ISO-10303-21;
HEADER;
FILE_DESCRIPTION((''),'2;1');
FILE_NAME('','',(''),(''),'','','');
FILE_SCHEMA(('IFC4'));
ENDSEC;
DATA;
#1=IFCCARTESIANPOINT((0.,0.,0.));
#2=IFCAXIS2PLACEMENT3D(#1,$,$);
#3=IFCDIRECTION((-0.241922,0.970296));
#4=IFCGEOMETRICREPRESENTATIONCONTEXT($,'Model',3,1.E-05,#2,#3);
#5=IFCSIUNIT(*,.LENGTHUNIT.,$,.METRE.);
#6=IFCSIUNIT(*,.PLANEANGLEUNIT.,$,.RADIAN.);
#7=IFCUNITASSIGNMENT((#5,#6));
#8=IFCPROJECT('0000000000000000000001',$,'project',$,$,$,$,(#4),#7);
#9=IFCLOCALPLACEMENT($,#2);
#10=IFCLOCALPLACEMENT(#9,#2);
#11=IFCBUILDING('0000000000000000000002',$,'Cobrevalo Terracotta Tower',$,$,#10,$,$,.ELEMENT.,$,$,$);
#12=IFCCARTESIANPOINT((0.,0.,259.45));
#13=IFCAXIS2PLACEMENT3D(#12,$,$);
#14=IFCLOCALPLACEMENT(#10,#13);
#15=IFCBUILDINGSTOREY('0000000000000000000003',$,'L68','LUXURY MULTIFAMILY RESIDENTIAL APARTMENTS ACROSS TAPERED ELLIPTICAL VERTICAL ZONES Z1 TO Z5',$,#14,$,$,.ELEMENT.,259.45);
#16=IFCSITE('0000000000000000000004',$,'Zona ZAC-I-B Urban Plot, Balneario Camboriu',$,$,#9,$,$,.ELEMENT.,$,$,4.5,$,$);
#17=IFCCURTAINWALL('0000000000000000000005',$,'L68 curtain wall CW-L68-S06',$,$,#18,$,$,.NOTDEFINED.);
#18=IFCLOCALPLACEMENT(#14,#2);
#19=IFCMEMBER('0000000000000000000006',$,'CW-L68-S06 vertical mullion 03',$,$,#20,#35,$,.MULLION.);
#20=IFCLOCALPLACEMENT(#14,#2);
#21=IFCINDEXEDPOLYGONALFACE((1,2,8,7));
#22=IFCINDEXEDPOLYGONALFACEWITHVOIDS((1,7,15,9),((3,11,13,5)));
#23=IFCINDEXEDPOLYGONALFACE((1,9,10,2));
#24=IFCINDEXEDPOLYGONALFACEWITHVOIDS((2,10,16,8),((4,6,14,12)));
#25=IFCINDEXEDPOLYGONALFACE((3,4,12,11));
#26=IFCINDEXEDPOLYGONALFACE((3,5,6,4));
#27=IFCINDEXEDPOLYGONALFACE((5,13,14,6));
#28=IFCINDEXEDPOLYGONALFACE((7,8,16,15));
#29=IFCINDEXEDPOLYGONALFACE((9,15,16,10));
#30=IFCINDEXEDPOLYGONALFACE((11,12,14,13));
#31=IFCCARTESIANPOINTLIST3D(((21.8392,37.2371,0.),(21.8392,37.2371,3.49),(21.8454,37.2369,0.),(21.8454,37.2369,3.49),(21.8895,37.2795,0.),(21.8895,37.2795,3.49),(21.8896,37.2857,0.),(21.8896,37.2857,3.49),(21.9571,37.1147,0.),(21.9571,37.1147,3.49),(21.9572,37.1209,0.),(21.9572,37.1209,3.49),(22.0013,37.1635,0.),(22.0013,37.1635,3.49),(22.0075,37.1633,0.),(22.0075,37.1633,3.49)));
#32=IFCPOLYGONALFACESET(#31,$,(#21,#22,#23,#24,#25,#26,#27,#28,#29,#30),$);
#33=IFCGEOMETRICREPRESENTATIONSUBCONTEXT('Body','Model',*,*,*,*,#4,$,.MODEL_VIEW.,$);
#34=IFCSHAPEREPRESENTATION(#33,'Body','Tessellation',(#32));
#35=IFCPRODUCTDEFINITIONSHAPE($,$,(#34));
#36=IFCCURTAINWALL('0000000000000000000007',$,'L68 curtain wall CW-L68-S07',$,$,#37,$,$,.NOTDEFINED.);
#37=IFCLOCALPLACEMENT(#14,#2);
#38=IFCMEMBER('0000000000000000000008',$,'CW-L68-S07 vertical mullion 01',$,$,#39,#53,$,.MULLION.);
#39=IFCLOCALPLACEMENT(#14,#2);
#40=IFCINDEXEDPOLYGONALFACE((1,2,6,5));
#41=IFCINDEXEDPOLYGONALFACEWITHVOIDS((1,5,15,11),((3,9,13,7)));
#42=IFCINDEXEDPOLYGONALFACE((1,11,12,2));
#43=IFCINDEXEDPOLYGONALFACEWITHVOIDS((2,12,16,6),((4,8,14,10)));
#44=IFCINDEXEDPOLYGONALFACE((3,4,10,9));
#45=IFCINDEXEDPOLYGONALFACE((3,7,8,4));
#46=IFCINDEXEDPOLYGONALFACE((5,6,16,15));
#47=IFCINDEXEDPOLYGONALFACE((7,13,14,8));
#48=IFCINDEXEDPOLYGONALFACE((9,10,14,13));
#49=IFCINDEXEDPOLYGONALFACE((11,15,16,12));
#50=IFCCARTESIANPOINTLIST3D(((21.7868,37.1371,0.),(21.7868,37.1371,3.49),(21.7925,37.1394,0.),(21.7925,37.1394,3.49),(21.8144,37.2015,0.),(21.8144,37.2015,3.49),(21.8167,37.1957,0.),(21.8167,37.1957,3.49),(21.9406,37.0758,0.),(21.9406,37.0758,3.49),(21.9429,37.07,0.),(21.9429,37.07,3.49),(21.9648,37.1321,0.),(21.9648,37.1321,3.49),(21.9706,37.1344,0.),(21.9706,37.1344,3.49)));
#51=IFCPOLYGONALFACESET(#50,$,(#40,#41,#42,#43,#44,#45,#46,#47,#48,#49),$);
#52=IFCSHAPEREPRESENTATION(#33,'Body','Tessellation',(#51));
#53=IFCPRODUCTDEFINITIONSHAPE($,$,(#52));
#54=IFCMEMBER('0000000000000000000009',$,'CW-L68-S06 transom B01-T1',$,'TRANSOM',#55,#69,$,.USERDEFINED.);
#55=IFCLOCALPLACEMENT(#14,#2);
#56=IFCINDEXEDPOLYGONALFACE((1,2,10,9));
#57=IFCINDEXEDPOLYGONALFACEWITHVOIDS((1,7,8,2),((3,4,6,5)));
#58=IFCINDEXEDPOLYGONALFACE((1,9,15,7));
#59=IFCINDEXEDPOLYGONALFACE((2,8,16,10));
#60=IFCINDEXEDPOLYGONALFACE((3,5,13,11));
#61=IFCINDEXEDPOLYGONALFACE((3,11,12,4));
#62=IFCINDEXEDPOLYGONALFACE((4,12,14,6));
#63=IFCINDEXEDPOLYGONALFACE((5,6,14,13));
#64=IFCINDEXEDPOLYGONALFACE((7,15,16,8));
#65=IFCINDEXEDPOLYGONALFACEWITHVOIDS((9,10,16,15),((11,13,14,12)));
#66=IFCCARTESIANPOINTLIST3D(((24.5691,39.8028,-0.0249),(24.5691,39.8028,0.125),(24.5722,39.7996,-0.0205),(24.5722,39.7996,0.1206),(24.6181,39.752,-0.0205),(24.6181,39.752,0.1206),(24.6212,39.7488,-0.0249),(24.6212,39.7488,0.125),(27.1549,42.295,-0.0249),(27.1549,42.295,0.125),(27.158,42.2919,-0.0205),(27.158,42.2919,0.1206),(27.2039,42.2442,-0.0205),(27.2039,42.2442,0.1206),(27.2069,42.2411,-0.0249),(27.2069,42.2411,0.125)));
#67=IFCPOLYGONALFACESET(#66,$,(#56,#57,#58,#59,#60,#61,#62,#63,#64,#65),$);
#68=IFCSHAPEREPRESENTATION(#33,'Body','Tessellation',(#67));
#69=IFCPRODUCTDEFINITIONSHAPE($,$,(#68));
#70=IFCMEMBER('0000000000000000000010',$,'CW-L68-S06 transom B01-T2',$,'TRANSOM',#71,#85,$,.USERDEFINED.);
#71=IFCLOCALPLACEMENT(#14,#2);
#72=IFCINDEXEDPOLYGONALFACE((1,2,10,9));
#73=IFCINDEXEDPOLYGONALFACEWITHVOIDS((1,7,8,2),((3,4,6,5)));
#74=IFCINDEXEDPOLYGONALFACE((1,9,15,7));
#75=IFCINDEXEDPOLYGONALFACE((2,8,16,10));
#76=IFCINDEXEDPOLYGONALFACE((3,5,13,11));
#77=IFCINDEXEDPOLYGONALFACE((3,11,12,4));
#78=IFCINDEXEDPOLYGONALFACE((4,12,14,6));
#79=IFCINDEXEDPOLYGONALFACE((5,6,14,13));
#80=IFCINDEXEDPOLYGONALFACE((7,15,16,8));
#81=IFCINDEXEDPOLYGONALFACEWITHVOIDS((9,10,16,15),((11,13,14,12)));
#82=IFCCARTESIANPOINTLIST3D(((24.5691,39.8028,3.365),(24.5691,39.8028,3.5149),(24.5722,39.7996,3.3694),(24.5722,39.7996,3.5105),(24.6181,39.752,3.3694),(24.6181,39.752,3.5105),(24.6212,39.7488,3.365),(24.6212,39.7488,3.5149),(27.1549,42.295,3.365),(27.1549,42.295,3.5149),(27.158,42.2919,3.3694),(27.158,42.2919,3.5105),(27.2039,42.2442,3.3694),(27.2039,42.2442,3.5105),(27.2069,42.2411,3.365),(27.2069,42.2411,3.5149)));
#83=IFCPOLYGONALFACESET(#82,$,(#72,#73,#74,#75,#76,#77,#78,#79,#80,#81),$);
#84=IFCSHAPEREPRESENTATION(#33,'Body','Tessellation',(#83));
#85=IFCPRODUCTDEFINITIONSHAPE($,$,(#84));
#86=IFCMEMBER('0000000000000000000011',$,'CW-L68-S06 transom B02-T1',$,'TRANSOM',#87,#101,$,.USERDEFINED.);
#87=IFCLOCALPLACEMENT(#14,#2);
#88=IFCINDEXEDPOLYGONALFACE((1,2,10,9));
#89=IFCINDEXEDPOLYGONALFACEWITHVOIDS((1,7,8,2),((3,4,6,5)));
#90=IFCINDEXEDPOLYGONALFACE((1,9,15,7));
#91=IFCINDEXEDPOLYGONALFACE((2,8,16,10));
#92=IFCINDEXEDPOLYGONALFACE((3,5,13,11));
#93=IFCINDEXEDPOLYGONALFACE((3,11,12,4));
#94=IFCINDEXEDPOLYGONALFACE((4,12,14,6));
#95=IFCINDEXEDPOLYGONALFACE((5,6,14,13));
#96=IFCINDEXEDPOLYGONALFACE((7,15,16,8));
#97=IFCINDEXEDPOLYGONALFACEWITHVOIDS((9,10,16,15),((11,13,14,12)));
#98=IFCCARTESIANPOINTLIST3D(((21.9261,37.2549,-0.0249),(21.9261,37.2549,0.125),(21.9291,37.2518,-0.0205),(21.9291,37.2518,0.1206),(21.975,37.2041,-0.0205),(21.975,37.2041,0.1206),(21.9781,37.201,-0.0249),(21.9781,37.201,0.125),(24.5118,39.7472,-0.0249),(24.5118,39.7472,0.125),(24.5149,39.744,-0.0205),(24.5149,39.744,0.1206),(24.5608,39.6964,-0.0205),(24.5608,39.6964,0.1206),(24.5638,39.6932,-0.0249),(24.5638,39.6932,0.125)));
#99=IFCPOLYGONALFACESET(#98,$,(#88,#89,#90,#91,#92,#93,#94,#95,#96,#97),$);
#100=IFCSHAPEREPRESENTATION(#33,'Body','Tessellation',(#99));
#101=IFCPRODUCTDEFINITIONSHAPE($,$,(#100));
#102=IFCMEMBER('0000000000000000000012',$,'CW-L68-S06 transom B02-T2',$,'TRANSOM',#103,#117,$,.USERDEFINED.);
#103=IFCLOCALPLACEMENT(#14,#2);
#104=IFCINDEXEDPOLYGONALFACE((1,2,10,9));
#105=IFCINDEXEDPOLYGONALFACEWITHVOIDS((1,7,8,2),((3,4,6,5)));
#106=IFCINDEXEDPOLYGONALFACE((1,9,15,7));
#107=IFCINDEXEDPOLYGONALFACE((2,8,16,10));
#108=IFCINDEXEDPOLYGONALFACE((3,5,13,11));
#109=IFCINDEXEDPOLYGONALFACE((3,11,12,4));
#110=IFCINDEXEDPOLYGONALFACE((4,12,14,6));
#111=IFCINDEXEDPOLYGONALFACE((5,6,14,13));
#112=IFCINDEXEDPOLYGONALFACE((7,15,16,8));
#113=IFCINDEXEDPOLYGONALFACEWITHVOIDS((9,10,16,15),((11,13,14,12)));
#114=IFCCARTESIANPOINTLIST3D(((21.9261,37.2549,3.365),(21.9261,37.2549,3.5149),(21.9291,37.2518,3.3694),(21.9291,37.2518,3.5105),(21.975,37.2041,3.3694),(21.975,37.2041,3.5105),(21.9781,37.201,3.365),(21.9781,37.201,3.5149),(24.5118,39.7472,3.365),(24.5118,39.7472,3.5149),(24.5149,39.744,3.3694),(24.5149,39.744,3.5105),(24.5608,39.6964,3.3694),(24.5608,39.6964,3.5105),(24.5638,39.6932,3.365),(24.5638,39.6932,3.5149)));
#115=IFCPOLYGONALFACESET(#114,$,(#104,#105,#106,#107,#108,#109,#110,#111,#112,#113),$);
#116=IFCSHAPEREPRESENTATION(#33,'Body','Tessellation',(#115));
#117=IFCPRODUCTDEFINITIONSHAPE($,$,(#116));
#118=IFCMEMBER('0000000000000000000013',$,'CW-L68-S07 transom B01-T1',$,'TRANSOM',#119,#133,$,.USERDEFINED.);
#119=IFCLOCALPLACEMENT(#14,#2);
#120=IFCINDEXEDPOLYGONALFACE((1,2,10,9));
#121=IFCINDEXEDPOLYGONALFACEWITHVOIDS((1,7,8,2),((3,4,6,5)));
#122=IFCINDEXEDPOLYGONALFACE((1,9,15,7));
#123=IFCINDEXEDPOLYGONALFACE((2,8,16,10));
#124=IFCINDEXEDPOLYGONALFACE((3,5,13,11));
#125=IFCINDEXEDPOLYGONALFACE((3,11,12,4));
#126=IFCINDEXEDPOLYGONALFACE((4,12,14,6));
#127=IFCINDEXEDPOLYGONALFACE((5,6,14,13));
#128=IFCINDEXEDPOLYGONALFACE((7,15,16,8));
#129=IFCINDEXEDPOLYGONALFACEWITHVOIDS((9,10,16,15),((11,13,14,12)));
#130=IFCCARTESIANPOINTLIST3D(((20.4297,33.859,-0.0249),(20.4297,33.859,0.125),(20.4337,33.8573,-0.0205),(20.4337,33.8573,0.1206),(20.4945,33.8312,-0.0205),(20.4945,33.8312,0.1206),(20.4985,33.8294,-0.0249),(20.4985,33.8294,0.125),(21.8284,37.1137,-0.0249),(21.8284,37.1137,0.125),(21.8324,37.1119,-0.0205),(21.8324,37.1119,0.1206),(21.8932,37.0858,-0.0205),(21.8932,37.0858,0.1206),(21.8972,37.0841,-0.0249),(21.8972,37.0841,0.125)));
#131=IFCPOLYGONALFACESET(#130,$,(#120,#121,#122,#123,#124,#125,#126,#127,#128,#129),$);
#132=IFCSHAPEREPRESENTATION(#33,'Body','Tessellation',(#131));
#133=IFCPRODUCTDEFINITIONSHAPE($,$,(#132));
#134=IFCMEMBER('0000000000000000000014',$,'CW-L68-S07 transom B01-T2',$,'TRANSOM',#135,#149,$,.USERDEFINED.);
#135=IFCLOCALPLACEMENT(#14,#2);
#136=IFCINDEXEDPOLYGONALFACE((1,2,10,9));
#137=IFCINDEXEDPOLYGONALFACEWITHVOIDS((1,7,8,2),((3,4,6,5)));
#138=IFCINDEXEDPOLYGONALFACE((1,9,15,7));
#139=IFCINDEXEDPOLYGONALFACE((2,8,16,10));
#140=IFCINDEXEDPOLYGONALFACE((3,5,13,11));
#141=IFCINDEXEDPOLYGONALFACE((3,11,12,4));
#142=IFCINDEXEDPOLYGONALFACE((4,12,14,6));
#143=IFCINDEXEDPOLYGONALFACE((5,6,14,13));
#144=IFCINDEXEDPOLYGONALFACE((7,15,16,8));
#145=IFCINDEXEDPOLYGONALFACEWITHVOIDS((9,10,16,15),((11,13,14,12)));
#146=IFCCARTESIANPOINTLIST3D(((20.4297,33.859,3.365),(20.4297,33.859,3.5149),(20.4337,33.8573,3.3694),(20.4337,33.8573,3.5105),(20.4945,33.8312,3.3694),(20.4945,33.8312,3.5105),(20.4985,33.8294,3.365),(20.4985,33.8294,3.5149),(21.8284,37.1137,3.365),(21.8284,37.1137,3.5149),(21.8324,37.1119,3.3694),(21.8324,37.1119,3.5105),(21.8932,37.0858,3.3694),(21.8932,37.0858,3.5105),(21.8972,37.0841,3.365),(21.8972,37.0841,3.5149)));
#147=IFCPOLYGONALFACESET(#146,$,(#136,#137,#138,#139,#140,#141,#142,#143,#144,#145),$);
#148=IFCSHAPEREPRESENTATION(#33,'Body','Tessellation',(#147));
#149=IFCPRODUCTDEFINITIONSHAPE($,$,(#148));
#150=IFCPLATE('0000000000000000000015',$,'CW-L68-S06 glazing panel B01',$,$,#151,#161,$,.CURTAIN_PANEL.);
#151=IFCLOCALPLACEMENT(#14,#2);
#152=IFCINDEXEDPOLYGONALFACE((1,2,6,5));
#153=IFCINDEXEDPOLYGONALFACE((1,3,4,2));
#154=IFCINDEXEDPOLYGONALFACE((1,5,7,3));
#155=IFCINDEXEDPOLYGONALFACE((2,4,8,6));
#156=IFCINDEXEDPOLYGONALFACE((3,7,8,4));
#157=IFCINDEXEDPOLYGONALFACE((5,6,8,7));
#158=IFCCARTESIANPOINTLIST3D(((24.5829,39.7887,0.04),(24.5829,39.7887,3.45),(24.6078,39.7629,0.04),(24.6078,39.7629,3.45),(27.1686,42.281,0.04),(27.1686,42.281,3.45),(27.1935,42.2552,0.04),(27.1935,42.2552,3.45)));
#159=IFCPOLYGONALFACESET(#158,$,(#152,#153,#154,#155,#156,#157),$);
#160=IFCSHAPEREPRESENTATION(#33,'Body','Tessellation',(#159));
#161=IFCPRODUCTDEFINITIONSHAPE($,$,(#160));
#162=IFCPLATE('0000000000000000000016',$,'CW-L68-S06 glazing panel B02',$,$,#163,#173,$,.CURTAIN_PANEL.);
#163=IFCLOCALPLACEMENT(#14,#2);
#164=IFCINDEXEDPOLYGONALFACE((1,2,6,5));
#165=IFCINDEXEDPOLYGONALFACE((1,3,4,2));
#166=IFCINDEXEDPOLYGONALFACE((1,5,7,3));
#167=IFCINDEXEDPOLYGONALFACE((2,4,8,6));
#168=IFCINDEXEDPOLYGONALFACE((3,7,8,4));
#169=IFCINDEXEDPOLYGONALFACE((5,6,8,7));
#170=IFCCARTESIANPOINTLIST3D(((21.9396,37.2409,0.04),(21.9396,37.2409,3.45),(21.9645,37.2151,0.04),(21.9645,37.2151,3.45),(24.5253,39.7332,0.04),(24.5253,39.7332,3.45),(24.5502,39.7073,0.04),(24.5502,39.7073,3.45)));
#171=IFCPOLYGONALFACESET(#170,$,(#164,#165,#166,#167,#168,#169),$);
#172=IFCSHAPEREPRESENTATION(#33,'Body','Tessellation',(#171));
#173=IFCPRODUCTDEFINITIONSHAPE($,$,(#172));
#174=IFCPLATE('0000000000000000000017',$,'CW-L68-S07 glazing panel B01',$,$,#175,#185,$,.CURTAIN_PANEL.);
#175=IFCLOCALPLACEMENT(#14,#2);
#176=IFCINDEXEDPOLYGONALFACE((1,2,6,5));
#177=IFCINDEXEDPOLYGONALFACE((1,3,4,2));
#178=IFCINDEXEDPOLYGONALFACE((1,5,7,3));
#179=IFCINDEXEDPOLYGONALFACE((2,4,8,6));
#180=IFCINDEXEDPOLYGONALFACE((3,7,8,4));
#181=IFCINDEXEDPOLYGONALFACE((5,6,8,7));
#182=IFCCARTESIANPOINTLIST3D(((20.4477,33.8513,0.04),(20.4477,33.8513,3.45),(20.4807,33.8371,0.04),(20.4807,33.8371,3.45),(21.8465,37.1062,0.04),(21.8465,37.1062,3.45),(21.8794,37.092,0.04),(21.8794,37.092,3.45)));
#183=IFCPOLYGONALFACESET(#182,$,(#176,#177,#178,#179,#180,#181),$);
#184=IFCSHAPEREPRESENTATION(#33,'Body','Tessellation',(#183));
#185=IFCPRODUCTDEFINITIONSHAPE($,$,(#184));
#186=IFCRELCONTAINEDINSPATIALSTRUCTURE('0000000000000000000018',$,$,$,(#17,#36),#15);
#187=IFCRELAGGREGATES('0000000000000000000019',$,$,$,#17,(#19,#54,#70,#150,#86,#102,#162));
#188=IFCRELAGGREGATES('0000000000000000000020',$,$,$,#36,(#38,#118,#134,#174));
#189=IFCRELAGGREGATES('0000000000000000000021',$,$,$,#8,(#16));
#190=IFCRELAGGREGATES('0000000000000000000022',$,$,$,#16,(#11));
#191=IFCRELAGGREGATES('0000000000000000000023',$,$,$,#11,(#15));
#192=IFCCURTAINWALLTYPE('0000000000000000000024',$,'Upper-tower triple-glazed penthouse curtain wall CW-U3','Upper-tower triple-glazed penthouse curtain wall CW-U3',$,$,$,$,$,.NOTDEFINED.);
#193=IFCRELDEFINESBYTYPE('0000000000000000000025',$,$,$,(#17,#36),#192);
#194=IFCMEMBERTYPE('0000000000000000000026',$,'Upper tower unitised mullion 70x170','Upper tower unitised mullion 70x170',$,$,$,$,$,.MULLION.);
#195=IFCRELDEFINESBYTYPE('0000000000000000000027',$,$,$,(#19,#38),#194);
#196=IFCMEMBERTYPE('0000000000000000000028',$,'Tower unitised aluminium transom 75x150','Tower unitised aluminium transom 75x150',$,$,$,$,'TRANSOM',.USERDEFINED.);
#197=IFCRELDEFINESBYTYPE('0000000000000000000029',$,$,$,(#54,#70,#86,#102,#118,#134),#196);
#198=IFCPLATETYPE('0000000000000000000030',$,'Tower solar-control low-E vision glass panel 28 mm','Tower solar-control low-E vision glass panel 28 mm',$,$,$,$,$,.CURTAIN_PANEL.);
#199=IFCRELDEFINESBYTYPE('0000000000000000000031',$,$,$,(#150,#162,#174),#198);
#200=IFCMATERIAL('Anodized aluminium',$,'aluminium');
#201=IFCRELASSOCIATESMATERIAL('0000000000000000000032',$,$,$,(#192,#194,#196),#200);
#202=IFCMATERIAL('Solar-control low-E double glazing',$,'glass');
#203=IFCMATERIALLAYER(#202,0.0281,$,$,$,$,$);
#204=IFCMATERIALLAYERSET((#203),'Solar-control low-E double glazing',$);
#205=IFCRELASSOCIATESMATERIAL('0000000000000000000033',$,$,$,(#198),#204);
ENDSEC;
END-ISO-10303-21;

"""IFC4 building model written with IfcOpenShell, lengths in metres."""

from ifc_helpers import new_model, si_unit, direction, frame, origin, origin_2d, place, context, subcontext, project, spatial, rectangle, hollow_rectangle, extrude, source, transform, mapped, material, layer, layer_set, material_profile, profile_set, type_object, element, aggregate, save


model = new_model("IFC4")

# Units and contexts
model_context = context("Model", 3, precision=1e-05, world=origin(), true_north=direction((-0.241922, 0.970296)))
body_context = subcontext(model_context, "Body", "Model", "MODEL_VIEW")
ifc_project = project(units=[si_unit("LENGTHUNIT", "METRE"), si_unit("PLANEANGLEUNIT", "RADIAN")], contexts=[model_context])

# Site, building, storey
site_placement = place(None, origin())
site = spatial("IfcSite", under=ifc_project, at=site_placement, Name="Zona ZAC-I-B Urban Plot, Balneario Camboriu", CompositionType="ELEMENT", RefElevation=4.5)
building_placement = place(site_placement, origin())
building = spatial("IfcBuilding", under=site, at=building_placement, Name="Cobrevalo Terracotta Tower", CompositionType="ELEMENT")
storey_placement = place(building_placement, frame((0.0, 0.0, 259.45)))
storey = spatial("IfcBuildingStorey", under=building, at=storey_placement, Name="L68", Description="LUXURY MULTIFAMILY RESIDENTIAL APARTMENTS ACROSS TAPERED ELLIPTICAL VERTICAL ZONES Z1 TO Z5", CompositionType="ELEMENT", Elevation=259.45)

# Curtain wall, member
ifc_material_1 = material(Name="Anodized aluminium", Category="aluminium")
curtain_wall_type = type_object("IfcCurtainWallType", Name="Upper-tower triple-glazed penthouse curtain wall CW-U3", Description="Upper-tower triple-glazed penthouse curtain wall CW-U3", PredefinedType="NOTDEFINED", material=ifc_material_1)
curtain_wall_1_placement = place(storey_placement, origin())
curtain_wall_1 = element("IfcCurtainWall", 1, at=curtain_wall_1_placement, inside=storey, type_object=curtain_wall_type, Name="L68 curtain wall CW-L68-S06", PredefinedType="NOTDEFINED")
ifc_material_profile_1 = material_profile(ifc_material_1, hollow_rectangle(XDim=0.0701, YDim=0.1699, WallThickness=0.0044, at=origin_2d()), Name="CWM 70x170")
ifc_profile_set_1 = profile_set([ifc_material_profile_1], Name="Anodized aluminium")
member_type_1 = type_object("IfcMemberType", Name="Upper tower unitised mullion 70x170", Description="Upper tower unitised mullion 70x170", PredefinedType="MULLION", material=ifc_profile_set_1)
shared_shape_1 = source(origin(), body_context, "Body", "SweptSolid", [
    extrude(hollow_rectangle(XDim=0.0701, YDim=0.1699, WallThickness=0.0044, at=origin_2d()), origin(), (0.0, 0.0, 1.0), 3.49),
])
member_1_placement = place(storey_placement, frame((21.9233, 37.2002, 0.0), z_axis=(0.0, 0.0, 1.0), x_axis=(-0.719994, -0.69398, 0.0)))
member_1 = element("IfcMember", 2, at=member_1_placement, type_object=member_type_1, Name="CW-L68-S06 vertical mullion 03", PredefinedType="MULLION", context=body_context, shape_type="MappedRepresentation", body=[
    mapped(shared_shape_1, transform((0.0, 0.0, 0.0), scale=1.0)),
])

# Curtain wall, member
curtain_wall_2_placement = place(storey_placement, origin())
curtain_wall_2 = element("IfcCurtainWall", 3, at=curtain_wall_2_placement, inside=storey, type_object=curtain_wall_type, Name="L68 curtain wall CW-L68-S07", PredefinedType="NOTDEFINED")
member_2_placement = place(storey_placement, frame((21.8787, 37.1357, 0.0), z_axis=(0.0, 0.0, 1.0), x_axis=(-0.394824, -0.918757, 0.0)))
member_2 = element("IfcMember", 4, at=member_2_placement, type_object=member_type_1, Name="CW-L68-S07 vertical mullion 01", PredefinedType="MULLION", context=body_context, shape_type="MappedRepresentation", body=[
    mapped(shared_shape_1, transform((0.0, 0.0, 0.0), scale=1.0)),
])

# Members
ifc_material_profile_2 = material_profile(ifc_material_1, hollow_rectangle(XDim=0.075, YDim=0.1499, WallThickness=0.0044, at=origin_2d()), Name="CWT 75x150")
ifc_profile_set_2 = profile_set([ifc_material_profile_2], Name="Anodized aluminium")
member_type_2 = type_object("IfcMemberType", Name="Tower unitised aluminium transom 75x150", Description="Tower unitised aluminium transom 75x150", ElementType="TRANSOM", PredefinedType="USERDEFINED", material=ifc_profile_set_2)
shared_shape_2 = source(origin(), body_context, "Body", "SweptSolid", [
    extrude(hollow_rectangle(XDim=0.075, YDim=0.1499, WallThickness=0.0044, at=origin_2d()), origin(), (0.0, 0.0, 1.0), 3.5913),
])
member_3_placement = place(storey_placement, frame((27.1809, 42.2681, 0.05), z_axis=(-0.720006, -0.693968, 0.0), x_axis=(0.693968, -0.720006, 0.0)))
member_3 = element("IfcMember", 5, at=member_3_placement, type_object=member_type_2, Name="CW-L68-S06 transom B01-T1", ObjectType="TRANSOM", PredefinedType="USERDEFINED", context=body_context, shape_type="MappedRepresentation", body=[
    mapped(shared_shape_2, transform((0.0, 0.0, 0.0), scale=1.0)),
])
member_4_placement = place(storey_placement, frame((27.1809, 42.2681, 3.4399), z_axis=(-0.720006, -0.693968, 0.0), x_axis=(0.693968, -0.720006, 0.0)))
member_4 = element("IfcMember", 6, at=member_4_placement, type_object=member_type_2, Name="CW-L68-S06 transom B01-T2", ObjectType="TRANSOM", PredefinedType="USERDEFINED", context=body_context, shape_type="MappedRepresentation", body=[
    mapped(shared_shape_2, transform((0.0, 0.0, 0.0), scale=1.0)),
])
member_5_placement = place(storey_placement, frame((24.5378, 39.7202, 0.05), z_axis=(-0.720006, -0.693968, 0.0), x_axis=(0.693968, -0.720006, 0.0)))
member_5 = element("IfcMember", 7, at=member_5_placement, type_object=member_type_2, Name="CW-L68-S06 transom B02-T1", ObjectType="TRANSOM", PredefinedType="USERDEFINED", context=body_context, shape_type="MappedRepresentation", body=[
    mapped(shared_shape_2, transform((0.0, 0.0, 0.0), scale=1.0)),
])
member_6_placement = place(storey_placement, frame((24.5378, 39.7202, 3.4399), z_axis=(-0.720006, -0.693968, 0.0), x_axis=(0.693968, -0.720006, 0.0)))
member_6 = element("IfcMember", 8, at=member_6_placement, type_object=member_type_2, Name="CW-L68-S06 transom B02-T2", ObjectType="TRANSOM", PredefinedType="USERDEFINED", context=body_context, shape_type="MappedRepresentation", body=[
    mapped(shared_shape_2, transform((0.0, 0.0, 0.0), scale=1.0)),
])
shared_shape_3 = source(origin(), body_context, "Body", "SweptSolid", [
    extrude(hollow_rectangle(XDim=0.075, YDim=0.1499, WallThickness=0.0044, at=origin_2d()), origin(), (0.0, 0.0, 1.0), 3.5425),
])
member_7_placement = place(storey_placement, frame((21.8628, 37.0989, 0.05), z_axis=(-0.394834, -0.918752, 0.0), x_axis=(0.918752, -0.394834, 0.0)))
member_7 = element("IfcMember", 9, at=member_7_placement, type_object=member_type_2, Name="CW-L68-S07 transom B01-T1", ObjectType="TRANSOM", PredefinedType="USERDEFINED", context=body_context, shape_type="MappedRepresentation", body=[
    mapped(shared_shape_3, transform((0.0, 0.0, 0.0), scale=1.0)),
])
member_8_placement = place(storey_placement, frame((21.8628, 37.0989, 3.4399), z_axis=(-0.394834, -0.918752, 0.0), x_axis=(0.918752, -0.394834, 0.0)))
member_8 = element("IfcMember", 10, at=member_8_placement, type_object=member_type_2, Name="CW-L68-S07 transom B01-T2", ObjectType="TRANSOM", PredefinedType="USERDEFINED", context=body_context, shape_type="MappedRepresentation", body=[
    mapped(shared_shape_3, transform((0.0, 0.0, 0.0), scale=1.0)),
])

# Plates
ifc_material_2 = material(Name="Solar-control low-E double glazing", Category="glass")
ifc_layer_1 = layer(ifc_material_2, 0.0281)
ifc_layer_set_1 = layer_set([ifc_layer_1], Name="Solar-control low-E double glazing")
plate_type = type_object("IfcPlateType", Name="Tower solar-control low-E vision glass panel 28 mm", Description="Tower solar-control low-E vision glass panel 28 mm", PredefinedType="CURTAIN_PANEL", material=ifc_layer_set_1)
shared_shape_4 = source(origin(), body_context, "Body", "SweptSolid", [
    extrude(rectangle(XDim=3.5913, YDim=0.0359, at=origin_2d()), origin(), (0.0, 0.0, 1.0), 3.4099),
])
plate_1_placement = place(storey_placement, frame((25.8882, 41.022, 0.04), z_axis=(0.0, 0.0, 1.0), x_axis=(-0.719997, -0.693978, 0.0)))
plate_1 = element("IfcPlate", 11, at=plate_1_placement, type_object=plate_type, Name="CW-L68-S06 glazing panel B01", PredefinedType="CURTAIN_PANEL", context=body_context, shape_type="MappedRepresentation", body=[
    mapped(shared_shape_4, transform((0.0, 0.0, 0.0), scale=1.0)),
])
plate_2_placement = place(storey_placement, frame((23.2449, 38.4741, 0.04), z_axis=(0.0, 0.0, 1.0), x_axis=(-0.719997, -0.693978, 0.0)))
plate_2 = element("IfcPlate", 12, at=plate_2_placement, type_object=plate_type, Name="CW-L68-S06 glazing panel B02", PredefinedType="CURTAIN_PANEL", context=body_context, shape_type="MappedRepresentation", body=[
    mapped(shared_shape_4, transform((0.0, 0.0, 0.0), scale=1.0)),
])
aggregate(curtain_wall_1, [member_1, member_3, member_4, plate_1, member_5, member_6, plate_2])
shared_shape_5 = source(origin(), body_context, "Body", "SweptSolid", [
    extrude(rectangle(XDim=3.5427, YDim=0.0359, at=origin_2d()), origin(), (0.0, 0.0, 1.0), 3.4099),
])
plate_3_placement = place(storey_placement, frame((21.1636, 35.4717, 0.04), z_axis=(0.0, 0.0, 1.0), x_axis=(-0.394829, -0.918755, 0.0)))
plate_3 = element("IfcPlate", 13, at=plate_3_placement, type_object=plate_type, Name="CW-L68-S07 glazing panel B01", PredefinedType="CURTAIN_PANEL", context=body_context, shape_type="MappedRepresentation", body=[
    mapped(shared_shape_5, transform((0.0, 0.0, 0.0), scale=1.0)),
])
aggregate(curtain_wall_2, [member_2, member_7, member_8, plate_3])

save(model, "model.ifc")
